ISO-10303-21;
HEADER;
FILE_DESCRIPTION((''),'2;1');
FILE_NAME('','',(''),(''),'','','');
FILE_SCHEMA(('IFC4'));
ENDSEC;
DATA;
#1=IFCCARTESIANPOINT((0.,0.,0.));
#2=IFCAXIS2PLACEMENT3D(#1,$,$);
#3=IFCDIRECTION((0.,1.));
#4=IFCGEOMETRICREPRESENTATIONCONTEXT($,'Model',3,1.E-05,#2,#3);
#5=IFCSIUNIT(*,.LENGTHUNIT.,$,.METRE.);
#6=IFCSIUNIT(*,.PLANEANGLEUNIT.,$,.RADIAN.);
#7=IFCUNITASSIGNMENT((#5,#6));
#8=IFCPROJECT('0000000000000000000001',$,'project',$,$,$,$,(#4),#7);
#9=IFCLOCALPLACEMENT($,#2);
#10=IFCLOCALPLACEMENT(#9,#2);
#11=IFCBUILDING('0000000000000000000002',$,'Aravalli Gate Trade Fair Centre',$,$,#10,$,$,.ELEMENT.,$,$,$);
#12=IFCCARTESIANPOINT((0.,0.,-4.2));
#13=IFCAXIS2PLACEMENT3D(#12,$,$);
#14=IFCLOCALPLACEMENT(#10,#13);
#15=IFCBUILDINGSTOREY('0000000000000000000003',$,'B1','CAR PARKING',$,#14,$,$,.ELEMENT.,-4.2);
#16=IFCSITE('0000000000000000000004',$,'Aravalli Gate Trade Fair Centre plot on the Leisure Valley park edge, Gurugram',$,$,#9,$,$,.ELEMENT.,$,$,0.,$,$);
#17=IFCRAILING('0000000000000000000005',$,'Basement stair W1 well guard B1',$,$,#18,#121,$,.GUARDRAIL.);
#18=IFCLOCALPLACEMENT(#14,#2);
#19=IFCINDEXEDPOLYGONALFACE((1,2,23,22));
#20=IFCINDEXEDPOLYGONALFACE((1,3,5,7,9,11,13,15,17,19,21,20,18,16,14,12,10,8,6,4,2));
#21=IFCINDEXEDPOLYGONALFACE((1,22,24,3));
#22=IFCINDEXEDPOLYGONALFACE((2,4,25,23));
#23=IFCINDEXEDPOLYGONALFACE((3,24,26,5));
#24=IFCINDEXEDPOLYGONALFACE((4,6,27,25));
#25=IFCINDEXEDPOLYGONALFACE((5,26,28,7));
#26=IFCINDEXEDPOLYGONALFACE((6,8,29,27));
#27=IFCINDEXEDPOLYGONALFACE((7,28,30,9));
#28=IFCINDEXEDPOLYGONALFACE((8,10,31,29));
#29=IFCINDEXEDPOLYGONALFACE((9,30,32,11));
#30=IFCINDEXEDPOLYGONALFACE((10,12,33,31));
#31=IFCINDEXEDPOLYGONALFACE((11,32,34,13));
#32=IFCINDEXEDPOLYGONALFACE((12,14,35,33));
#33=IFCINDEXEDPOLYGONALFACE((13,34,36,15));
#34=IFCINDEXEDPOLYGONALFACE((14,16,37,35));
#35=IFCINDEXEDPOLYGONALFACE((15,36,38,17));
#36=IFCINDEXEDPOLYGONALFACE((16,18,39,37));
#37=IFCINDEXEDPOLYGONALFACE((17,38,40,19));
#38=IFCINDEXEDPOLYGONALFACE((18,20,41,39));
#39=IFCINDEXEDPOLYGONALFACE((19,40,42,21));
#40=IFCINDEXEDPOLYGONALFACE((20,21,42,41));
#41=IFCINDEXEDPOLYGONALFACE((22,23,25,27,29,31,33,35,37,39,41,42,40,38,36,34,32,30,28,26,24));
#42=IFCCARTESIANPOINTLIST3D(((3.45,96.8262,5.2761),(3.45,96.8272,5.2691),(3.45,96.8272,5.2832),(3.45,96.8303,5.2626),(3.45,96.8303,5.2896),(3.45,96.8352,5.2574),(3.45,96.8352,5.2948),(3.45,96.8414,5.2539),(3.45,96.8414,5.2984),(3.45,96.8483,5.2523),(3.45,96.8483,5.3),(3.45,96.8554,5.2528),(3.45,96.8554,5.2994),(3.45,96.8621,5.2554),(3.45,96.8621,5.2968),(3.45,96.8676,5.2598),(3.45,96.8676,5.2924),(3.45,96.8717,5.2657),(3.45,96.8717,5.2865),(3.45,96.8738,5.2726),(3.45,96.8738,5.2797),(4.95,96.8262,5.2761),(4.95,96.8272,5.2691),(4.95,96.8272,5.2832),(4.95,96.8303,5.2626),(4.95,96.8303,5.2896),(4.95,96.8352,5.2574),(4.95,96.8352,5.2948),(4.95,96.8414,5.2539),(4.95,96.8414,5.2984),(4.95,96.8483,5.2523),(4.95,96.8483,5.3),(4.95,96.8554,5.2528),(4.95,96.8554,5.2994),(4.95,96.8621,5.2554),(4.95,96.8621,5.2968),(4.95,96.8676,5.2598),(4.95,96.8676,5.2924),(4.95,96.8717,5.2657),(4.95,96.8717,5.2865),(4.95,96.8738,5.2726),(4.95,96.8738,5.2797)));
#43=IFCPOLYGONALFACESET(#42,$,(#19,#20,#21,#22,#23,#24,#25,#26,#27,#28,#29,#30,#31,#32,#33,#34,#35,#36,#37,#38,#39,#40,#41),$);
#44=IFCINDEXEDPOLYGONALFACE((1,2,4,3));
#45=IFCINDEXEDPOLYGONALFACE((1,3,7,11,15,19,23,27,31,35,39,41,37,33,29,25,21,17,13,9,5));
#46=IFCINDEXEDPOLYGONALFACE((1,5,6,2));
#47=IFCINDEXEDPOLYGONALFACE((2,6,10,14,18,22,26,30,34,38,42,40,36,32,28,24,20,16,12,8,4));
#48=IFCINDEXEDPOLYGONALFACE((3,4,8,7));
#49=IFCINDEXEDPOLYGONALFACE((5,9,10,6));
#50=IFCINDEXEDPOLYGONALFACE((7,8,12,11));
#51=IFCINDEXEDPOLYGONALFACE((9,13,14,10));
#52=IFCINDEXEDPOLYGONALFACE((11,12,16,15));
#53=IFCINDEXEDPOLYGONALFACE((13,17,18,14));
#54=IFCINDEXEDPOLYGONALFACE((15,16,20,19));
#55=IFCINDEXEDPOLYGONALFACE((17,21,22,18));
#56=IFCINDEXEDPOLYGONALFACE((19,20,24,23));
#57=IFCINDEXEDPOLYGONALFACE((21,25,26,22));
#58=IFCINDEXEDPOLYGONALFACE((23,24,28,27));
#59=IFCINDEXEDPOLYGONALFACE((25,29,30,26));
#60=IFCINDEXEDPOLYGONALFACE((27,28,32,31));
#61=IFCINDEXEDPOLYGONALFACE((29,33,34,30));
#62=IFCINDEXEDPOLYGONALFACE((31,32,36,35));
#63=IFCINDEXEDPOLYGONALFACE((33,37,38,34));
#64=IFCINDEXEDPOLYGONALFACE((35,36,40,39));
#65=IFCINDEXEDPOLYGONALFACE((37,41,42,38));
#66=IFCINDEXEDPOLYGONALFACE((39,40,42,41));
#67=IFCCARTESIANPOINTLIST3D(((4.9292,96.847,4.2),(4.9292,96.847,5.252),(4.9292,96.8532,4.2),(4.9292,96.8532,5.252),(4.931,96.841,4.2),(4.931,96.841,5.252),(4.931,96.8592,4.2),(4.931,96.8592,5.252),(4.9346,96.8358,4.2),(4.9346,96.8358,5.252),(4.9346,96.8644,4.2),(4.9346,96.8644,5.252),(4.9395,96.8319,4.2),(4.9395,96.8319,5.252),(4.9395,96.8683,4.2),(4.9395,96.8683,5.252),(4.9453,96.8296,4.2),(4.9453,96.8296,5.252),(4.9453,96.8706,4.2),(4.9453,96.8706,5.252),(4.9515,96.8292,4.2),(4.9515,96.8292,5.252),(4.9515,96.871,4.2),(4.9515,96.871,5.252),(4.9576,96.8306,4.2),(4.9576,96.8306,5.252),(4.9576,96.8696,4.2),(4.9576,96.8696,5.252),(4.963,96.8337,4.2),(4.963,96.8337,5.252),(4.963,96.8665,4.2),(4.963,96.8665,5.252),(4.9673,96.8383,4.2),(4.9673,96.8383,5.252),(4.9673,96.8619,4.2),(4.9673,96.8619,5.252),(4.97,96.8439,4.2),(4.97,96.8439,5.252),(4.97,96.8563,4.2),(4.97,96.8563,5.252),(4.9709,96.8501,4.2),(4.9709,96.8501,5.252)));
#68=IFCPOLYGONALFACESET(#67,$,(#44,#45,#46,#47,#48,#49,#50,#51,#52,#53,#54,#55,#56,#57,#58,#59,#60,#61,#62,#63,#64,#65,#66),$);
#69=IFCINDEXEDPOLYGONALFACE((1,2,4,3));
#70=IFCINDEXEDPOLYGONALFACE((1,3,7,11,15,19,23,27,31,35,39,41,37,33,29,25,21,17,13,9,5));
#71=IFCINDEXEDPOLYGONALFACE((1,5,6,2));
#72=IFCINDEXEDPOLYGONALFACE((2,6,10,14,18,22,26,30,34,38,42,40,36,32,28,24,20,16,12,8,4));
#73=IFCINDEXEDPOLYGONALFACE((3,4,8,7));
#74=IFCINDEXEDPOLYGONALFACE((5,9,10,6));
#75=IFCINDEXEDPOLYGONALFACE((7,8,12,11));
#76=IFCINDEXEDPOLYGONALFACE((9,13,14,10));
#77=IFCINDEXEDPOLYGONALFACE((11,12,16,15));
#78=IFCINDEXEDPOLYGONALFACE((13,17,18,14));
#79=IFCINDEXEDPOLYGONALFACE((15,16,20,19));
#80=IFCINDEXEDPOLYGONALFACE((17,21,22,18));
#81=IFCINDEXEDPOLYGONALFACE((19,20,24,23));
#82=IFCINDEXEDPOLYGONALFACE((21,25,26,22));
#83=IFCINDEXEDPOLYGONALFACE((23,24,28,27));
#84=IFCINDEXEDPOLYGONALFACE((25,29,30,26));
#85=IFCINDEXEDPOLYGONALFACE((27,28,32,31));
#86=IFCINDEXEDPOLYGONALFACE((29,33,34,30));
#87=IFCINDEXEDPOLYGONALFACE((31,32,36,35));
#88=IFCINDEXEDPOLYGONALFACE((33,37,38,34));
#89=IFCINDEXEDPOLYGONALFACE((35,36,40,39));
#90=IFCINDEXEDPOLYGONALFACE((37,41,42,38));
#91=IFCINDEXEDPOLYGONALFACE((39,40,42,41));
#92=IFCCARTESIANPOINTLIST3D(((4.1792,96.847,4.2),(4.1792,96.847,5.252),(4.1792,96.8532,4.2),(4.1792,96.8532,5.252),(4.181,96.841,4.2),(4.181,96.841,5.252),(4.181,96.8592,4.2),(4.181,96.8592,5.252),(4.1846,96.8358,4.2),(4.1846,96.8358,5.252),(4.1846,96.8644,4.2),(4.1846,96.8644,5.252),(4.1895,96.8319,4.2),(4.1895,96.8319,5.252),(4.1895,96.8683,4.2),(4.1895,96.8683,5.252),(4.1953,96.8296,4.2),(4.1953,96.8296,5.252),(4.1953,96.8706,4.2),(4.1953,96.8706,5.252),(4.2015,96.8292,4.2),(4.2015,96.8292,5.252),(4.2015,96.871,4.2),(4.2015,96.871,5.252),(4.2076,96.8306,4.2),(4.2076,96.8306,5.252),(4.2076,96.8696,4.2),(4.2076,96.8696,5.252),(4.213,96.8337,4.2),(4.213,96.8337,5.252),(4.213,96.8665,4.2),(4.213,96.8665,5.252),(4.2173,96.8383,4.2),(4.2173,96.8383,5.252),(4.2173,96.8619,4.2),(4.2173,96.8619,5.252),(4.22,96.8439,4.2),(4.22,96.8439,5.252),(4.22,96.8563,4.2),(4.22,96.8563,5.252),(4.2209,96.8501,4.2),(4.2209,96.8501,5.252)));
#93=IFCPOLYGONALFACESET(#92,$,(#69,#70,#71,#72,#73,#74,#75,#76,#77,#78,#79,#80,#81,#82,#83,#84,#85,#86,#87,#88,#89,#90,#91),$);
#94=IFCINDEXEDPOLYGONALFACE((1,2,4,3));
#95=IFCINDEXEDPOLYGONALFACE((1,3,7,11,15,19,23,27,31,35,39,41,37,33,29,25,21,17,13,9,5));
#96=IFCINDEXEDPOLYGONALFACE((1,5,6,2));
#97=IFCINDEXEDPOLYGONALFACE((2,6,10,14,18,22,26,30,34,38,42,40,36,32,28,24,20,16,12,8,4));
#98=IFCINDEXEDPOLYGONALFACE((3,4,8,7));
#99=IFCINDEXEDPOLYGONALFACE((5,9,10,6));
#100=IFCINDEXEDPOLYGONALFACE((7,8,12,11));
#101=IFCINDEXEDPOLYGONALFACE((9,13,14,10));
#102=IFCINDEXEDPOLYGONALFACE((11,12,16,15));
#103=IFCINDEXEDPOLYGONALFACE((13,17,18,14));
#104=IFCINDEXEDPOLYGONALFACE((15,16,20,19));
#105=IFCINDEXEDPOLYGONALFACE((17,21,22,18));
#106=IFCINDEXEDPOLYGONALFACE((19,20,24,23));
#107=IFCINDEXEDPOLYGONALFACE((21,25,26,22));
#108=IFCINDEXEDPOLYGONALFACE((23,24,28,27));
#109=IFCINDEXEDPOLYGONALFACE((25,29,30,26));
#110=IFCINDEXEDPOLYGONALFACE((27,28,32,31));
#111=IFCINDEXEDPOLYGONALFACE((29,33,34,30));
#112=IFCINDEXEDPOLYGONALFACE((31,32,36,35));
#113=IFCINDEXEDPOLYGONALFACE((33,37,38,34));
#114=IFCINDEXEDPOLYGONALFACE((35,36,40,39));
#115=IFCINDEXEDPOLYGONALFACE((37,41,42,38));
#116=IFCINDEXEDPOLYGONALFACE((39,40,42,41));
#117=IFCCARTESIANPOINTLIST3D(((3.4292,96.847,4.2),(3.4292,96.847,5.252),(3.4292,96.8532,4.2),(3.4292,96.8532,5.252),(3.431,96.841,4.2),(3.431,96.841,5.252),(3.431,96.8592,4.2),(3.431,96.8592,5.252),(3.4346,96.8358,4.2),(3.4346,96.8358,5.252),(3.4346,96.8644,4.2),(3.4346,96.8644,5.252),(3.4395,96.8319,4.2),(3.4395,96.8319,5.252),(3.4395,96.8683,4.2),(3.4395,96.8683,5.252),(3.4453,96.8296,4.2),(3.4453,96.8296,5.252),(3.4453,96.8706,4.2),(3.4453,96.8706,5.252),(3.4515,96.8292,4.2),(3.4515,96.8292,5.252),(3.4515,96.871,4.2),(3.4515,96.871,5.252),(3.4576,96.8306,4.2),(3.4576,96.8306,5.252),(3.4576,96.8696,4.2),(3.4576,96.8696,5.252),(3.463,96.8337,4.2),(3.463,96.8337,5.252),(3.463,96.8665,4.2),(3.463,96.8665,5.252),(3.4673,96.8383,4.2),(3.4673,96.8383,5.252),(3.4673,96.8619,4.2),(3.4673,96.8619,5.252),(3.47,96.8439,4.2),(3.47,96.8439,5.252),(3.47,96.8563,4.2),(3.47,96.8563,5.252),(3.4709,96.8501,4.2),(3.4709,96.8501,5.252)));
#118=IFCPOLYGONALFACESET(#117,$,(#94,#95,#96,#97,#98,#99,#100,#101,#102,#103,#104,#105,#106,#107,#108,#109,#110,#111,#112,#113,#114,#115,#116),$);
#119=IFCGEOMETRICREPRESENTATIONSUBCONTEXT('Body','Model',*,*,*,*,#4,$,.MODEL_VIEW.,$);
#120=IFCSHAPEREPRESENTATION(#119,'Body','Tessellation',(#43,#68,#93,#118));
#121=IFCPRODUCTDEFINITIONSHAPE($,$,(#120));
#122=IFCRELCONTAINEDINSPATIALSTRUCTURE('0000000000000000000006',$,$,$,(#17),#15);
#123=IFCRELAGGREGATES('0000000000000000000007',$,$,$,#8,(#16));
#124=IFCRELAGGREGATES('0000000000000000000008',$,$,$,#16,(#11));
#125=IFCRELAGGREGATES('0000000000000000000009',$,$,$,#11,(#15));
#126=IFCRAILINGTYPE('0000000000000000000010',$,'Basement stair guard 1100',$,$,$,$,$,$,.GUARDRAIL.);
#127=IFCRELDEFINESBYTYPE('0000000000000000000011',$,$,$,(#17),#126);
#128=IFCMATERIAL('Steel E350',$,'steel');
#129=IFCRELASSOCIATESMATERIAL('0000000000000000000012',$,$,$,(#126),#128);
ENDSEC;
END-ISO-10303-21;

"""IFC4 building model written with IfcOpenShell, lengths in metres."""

from ifc_helpers import new_model, si_unit, direction, frame, origin, origin_2d, place, context, subcontext, project, spatial, circle, extrude, material, type_object, element, save


model = new_model("IFC4")

# Units and contexts
model_context = context("Model", 3, precision=1e-05, world=origin(), true_north=direction((0.0, 1.0)))
body_context = subcontext(model_context, "Body", "Model", "MODEL_VIEW")
ifc_project = project(units=[si_unit("LENGTHUNIT", "METRE"), si_unit("PLANEANGLEUNIT", "RADIAN")], contexts=[model_context])

# Site, building, storey
site_placement = place(None, origin())
site = spatial("IfcSite", under=ifc_project, at=site_placement, Name="Aravalli Gate Trade Fair Centre plot on the Leisure Valley park edge, Gurugram", CompositionType="ELEMENT", RefElevation=0.0)
building_placement = place(site_placement, origin())
building = spatial("IfcBuilding", under=site, at=building_placement, Name="Aravalli Gate Trade Fair Centre", CompositionType="ELEMENT")
storey_placement = place(building_placement, frame((0.0, 0.0, -4.2)))
storey = spatial("IfcBuildingStorey", under=building, at=storey_placement, Name="B1", Description="CAR PARKING", CompositionType="ELEMENT", Elevation=-4.2)

# Railing
ifc_material_1 = material(Name="Steel E350", Category="steel")
railing_type = type_object("IfcRailingType", Name="Basement stair guard 1100", PredefinedType="GUARDRAIL", material=ifc_material_1)
railing_1_placement = place(storey_placement, frame((4.95, 96.8501, 4.2)))
element("IfcRailing", 1, at=railing_1_placement, inside=storey, type_object=railing_type, Name="Basement stair W1 well guard B1", PredefinedType="GUARDRAIL", context=body_context, shape_type="SweptSolid", body=[
    extrude(circle(Radius=0.0239, at=origin_2d()), frame((0.0, 0.0, 1.0762), z_axis=(-1.0, 0.0, 0.0), x_axis=(0.0, -1.0, 0.0)), (0.0, 0.0, 1.0), 1.5),
    extrude(circle(Radius=0.021, at=origin_2d()), origin(), (0.0, 0.0, 1.0), 1.052),
    extrude(circle(Radius=0.021, at=origin_2d()), frame((-0.75, 0.0, 0.0)), (0.0, 0.0, 1.0), 1.052),
    extrude(circle(Radius=0.021, at=origin_2d()), frame((-1.5, 0.0, 0.0)), (0.0, 0.0, 1.0), 1.052),
])

save(model, "model.ifc")
